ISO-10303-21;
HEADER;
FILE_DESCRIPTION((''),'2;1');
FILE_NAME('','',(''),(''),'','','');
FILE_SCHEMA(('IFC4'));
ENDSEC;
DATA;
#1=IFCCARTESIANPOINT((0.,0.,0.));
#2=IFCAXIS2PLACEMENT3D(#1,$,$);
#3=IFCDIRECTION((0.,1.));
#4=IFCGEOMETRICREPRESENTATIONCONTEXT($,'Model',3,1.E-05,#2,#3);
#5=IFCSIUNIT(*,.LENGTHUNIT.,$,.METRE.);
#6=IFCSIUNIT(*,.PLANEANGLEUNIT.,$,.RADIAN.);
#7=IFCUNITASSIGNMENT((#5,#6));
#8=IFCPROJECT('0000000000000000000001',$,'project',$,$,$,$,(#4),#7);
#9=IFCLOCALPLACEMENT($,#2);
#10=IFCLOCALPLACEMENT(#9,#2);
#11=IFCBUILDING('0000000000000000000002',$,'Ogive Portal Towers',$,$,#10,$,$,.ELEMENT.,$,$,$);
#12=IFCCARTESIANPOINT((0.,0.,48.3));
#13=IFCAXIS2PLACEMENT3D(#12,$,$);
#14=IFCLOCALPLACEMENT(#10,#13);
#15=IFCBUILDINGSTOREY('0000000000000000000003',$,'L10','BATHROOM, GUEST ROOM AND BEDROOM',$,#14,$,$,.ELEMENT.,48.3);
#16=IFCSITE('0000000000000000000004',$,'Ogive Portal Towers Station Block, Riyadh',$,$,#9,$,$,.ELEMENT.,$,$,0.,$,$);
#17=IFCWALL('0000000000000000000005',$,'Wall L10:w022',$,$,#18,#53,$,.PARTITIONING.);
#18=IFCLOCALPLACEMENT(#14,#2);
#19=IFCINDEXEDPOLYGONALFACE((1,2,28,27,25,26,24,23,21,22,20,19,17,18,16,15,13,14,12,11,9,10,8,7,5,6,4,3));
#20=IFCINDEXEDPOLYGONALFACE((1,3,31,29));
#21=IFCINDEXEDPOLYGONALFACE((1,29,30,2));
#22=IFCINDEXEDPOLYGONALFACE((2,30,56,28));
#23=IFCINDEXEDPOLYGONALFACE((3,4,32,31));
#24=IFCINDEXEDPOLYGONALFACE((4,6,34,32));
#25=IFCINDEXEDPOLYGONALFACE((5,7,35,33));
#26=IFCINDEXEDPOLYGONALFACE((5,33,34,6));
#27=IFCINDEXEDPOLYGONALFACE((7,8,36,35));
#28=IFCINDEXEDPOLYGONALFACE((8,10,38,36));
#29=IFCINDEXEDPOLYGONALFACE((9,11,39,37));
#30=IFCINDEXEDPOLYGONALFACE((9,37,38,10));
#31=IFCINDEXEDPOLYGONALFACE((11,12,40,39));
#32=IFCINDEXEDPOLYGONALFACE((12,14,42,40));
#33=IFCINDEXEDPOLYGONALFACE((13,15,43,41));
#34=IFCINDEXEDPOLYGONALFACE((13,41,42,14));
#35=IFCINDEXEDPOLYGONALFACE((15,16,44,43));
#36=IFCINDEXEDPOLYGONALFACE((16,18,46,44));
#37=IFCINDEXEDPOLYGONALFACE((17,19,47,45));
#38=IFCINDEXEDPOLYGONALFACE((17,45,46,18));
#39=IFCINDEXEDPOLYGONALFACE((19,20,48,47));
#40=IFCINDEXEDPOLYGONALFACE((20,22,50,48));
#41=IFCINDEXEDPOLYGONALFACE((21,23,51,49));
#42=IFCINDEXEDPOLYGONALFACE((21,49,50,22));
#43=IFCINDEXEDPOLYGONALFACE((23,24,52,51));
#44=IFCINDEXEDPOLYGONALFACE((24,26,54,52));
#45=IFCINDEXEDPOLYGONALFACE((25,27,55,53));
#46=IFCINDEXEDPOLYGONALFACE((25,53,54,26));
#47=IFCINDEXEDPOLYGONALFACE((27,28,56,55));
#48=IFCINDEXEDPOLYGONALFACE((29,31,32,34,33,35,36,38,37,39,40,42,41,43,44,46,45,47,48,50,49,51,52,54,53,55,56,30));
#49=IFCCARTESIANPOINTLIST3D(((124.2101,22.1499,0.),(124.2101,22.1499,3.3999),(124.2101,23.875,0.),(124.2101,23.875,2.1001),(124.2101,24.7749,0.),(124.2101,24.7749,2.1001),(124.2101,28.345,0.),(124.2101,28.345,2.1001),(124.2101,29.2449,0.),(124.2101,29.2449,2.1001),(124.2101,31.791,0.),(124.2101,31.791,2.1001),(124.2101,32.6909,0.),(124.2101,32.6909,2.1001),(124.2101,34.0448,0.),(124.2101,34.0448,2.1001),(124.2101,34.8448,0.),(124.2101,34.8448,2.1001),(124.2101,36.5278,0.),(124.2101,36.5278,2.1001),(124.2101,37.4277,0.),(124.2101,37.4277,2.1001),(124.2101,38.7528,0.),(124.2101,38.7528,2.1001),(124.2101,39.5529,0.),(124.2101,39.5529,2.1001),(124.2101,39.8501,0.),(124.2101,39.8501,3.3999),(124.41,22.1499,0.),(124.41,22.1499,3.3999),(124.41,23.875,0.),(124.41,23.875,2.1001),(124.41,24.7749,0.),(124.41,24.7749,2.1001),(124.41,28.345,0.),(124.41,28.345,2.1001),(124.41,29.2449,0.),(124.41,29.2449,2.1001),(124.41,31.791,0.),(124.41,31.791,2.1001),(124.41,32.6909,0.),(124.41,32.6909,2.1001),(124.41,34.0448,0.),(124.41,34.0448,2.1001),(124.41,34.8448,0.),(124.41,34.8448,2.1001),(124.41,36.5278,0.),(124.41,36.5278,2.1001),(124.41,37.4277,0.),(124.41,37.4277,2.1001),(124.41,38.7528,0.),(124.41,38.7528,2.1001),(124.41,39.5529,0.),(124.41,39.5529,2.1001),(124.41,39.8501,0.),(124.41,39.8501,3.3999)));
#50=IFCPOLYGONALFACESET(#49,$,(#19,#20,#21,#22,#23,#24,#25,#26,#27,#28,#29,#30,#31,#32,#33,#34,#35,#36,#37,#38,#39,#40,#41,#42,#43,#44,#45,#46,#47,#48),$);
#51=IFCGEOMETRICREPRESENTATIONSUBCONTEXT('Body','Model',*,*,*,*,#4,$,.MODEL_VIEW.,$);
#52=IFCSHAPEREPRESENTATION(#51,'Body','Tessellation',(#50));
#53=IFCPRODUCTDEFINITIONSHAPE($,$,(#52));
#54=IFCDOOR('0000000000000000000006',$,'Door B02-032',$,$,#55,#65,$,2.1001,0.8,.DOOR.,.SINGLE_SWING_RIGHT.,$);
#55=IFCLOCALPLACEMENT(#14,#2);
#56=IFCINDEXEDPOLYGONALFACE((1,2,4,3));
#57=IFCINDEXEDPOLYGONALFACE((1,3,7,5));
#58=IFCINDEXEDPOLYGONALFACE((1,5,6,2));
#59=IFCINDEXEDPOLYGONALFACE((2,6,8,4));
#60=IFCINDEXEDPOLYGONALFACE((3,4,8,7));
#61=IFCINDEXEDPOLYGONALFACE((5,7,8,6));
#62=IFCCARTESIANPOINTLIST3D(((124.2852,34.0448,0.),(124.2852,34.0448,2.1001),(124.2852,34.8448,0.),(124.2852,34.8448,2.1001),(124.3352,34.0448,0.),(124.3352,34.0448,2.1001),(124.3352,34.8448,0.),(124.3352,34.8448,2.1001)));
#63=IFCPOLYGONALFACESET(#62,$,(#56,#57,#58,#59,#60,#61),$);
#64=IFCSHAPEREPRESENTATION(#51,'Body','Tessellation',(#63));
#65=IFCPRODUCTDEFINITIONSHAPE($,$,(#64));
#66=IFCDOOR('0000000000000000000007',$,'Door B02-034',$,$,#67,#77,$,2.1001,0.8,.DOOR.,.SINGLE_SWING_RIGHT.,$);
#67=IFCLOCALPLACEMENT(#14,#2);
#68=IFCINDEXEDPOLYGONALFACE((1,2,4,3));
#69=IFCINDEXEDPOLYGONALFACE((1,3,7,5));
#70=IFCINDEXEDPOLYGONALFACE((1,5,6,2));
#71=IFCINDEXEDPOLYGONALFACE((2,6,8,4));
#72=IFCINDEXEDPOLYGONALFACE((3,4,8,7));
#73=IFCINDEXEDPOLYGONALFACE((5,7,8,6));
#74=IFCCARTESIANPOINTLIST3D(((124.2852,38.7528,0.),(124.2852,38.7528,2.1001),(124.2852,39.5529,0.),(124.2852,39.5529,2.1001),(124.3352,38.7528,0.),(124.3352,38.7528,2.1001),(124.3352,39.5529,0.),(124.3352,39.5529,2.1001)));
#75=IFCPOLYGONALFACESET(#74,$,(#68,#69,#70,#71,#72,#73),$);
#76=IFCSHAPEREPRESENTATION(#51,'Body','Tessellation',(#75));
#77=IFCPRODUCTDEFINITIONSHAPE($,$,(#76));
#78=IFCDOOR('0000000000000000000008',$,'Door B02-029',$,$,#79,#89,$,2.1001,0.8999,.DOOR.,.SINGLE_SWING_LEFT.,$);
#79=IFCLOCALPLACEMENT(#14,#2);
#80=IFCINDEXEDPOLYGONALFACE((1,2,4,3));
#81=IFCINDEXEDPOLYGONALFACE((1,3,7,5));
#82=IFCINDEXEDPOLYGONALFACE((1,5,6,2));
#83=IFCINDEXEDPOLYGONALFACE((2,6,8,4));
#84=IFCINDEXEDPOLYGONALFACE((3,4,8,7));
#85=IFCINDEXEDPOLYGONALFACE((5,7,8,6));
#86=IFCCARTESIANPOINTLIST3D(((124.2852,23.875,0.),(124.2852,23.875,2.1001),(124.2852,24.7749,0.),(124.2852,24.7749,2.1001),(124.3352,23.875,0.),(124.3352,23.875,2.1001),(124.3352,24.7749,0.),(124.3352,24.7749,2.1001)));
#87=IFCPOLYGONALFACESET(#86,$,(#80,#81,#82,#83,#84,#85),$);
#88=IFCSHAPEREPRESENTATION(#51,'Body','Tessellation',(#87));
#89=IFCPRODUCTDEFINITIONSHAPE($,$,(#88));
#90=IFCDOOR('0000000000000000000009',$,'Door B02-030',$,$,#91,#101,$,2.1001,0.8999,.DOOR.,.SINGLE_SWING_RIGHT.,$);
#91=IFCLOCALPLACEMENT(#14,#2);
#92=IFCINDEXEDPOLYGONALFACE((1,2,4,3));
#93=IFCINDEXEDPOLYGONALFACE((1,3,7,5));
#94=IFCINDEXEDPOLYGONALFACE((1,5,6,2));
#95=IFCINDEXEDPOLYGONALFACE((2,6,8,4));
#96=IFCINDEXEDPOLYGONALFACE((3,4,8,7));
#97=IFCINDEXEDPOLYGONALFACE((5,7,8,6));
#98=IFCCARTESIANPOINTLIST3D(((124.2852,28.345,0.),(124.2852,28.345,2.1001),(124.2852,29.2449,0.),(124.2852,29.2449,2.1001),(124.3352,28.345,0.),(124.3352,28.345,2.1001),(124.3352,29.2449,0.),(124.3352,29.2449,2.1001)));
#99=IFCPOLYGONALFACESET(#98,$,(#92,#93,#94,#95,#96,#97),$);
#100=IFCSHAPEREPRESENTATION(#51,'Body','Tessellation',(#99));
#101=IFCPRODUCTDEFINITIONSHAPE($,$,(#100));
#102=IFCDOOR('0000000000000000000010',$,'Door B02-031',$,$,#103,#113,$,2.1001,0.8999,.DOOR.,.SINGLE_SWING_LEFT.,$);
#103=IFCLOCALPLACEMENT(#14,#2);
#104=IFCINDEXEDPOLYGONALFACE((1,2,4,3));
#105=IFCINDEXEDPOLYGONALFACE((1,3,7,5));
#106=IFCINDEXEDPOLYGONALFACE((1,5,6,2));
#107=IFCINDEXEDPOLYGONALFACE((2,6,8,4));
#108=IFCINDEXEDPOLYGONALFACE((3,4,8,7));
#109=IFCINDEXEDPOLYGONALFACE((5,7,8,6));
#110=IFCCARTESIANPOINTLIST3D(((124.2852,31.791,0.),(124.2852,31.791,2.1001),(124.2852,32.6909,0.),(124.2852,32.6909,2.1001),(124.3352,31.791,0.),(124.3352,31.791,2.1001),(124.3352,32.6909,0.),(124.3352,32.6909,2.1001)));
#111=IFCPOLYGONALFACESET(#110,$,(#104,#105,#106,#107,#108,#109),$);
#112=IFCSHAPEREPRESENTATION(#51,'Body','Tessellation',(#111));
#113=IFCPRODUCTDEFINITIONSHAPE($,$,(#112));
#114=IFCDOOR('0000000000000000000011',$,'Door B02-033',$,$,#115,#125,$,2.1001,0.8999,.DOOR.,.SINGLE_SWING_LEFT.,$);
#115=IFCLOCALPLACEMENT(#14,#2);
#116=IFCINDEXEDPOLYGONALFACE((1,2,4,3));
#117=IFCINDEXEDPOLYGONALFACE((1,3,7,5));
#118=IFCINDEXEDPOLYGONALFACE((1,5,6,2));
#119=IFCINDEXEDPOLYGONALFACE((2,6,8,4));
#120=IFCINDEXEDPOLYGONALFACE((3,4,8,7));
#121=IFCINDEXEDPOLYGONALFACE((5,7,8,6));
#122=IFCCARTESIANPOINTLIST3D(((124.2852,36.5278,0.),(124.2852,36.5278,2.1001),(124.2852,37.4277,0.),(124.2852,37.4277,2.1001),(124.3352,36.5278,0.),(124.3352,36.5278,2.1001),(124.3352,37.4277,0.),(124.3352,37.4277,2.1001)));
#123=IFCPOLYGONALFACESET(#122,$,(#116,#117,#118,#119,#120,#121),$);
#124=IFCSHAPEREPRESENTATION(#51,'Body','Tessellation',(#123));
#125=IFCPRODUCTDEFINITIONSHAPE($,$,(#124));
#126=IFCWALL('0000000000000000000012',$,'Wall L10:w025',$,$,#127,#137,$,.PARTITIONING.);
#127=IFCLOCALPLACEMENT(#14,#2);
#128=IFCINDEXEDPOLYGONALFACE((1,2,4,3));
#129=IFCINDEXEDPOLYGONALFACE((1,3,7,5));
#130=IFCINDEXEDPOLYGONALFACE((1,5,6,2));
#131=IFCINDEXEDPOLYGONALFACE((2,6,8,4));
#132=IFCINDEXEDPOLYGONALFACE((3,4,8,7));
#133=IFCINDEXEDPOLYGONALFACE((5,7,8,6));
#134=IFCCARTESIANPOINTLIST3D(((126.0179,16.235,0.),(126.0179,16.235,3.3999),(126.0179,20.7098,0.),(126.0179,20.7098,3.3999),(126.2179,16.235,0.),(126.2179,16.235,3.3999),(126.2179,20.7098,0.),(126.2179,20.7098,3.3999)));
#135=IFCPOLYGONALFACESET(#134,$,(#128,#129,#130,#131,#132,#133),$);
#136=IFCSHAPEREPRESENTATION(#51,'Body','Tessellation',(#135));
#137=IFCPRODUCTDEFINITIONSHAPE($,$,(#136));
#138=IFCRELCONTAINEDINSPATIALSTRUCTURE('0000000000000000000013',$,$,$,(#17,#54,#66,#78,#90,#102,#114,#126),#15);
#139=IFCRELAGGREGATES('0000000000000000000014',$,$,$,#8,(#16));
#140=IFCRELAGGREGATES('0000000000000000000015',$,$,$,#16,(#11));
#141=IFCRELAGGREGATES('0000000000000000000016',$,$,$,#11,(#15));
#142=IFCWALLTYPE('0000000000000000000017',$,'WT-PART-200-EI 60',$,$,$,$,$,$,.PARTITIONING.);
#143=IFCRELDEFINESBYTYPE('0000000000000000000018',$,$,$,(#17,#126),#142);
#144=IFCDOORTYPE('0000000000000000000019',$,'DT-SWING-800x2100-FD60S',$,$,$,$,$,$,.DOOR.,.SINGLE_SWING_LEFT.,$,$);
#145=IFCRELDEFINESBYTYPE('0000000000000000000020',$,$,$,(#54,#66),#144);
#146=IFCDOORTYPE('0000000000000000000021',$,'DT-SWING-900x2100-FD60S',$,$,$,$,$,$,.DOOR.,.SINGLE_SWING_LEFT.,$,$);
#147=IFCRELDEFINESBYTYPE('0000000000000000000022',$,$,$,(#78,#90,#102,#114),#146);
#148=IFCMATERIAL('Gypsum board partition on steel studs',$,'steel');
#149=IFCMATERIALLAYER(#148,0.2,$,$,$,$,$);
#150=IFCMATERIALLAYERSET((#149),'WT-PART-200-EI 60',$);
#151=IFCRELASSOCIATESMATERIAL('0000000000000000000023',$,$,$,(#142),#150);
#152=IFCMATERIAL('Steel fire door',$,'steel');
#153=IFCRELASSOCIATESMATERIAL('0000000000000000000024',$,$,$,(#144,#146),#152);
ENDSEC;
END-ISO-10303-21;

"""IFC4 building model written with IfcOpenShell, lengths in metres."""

from ifc_helpers import new_model, si_unit, direction, frame, frame_2d, origin, place, context, subcontext, project, spatial, rectangle, extrude, material, layer, layer_set, type_object, element, fill, save


model = new_model("IFC4")

# Units and contexts
model_context = context("Model", 3, precision=1e-05, world=origin(), true_north=direction((0.0, 1.0)))
body_context = subcontext(model_context, "Body", "Model", "MODEL_VIEW")
ifc_project = project(units=[si_unit("LENGTHUNIT", "METRE"), si_unit("PLANEANGLEUNIT", "RADIAN")], contexts=[model_context])

# Site, building, storey
site_placement = place(None, origin())
site = spatial("IfcSite", under=ifc_project, at=site_placement, Name="Ogive Portal Towers Station Block, Riyadh", CompositionType="ELEMENT", RefElevation=0.0)
building_placement = place(site_placement, origin())
building = spatial("IfcBuilding", under=site, at=building_placement, Name="Ogive Portal Towers", CompositionType="ELEMENT")
storey_placement = place(building_placement, frame((0.0, 0.0, 48.3)))
storey = spatial("IfcBuildingStorey", under=building, at=storey_placement, Name="L10", Description="BATHROOM, GUEST ROOM AND BEDROOM", CompositionType="ELEMENT", Elevation=48.3)

# Shared definitions
ifc_material_1 = material(Name="Steel fire door", Category="steel")

# Wall, openings, doors
ifc_material_2 = material(Name="Gypsum board partition on steel studs", Category="steel")
ifc_layer_1 = layer(ifc_material_2, 0.2)
ifc_layer_set_1 = layer_set([ifc_layer_1], Name="WT-PART-200-EI 60")
wall_type_1 = type_object("IfcWallType", Name="WT-PART-200-EI 60", PredefinedType="PARTITIONING", material=ifc_layer_set_1)
door_type_1 = type_object("IfcDoorType", Name="DT-SWING-800x2100-FD60S", OperationType="SINGLE_SWING_LEFT", PredefinedType="DOOR", material=ifc_material_1)
door_type_2 = type_object("IfcDoorType", Name="DT-SWING-900x2100-FD60S", OperationType="SINGLE_SWING_LEFT", PredefinedType="DOOR", material=ifc_material_1)
wall_1_placement = place(storey_placement, frame((124.3101, 22.1499, 0.0), z_axis=(0.0, 0.0, 1.0), x_axis=(0.0, 1.0, 0.0)))
wall_1 = element("IfcWall", 1, at=wall_1_placement, inside=storey, type_object=wall_type_1, Name="Wall L10:w022", PredefinedType="PARTITIONING", context=body_context, shape_type="SweptSolid", body=[
    extrude(rectangle(XDim=17.7002, YDim=0.2, at=frame_2d((8.8501, 0.0))), origin(), (0.0, 0.0, 1.0), 3.3999),
])
opening_1_placement = place(wall_1_placement, frame((1.7251, 0.0, 0.0)))
opening_1 = element("IfcOpeningElement", 2, at=opening_1_placement, cuts=wall_1, PredefinedType="OPENING", context=body_context, shape_type="SweptSolid", body=[
    extrude(rectangle(XDim=0.8999, YDim=2.1001, at=frame_2d((0.45, 1.05))), frame((0.0, 0.1099, 0.0), z_axis=(0.0, -1.0, 0.0), x_axis=(1.0, 0.0, 0.0)), (0.0, 0.0, 1.0), 0.22),
])
opening_2_placement = place(wall_1_placement, frame((6.1951, 0.0, 0.0)))
opening_2 = element("IfcOpeningElement", 3, at=opening_2_placement, cuts=wall_1, PredefinedType="OPENING", context=body_context, shape_type="SweptSolid", body=[
    extrude(rectangle(XDim=0.8999, YDim=2.1001, at=frame_2d((0.45, 1.05))), frame((0.0, 0.1099, 0.0), z_axis=(0.0, -1.0, 0.0), x_axis=(1.0, 0.0, 0.0)), (0.0, 0.0, 1.0), 0.22),
])
opening_3_placement = place(wall_1_placement, frame((9.6411, 0.0, 0.0)))
opening_3 = element("IfcOpeningElement", 4, at=opening_3_placement, cuts=wall_1, PredefinedType="OPENING", context=body_context, shape_type="SweptSolid", body=[
    extrude(rectangle(XDim=0.8999, YDim=2.1001, at=frame_2d((0.45, 1.05))), frame((0.0, 0.1099, 0.0), z_axis=(0.0, -1.0, 0.0), x_axis=(1.0, 0.0, 0.0)), (0.0, 0.0, 1.0), 0.22),
])
opening_4_placement = place(wall_1_placement, frame((11.895, 0.0, 0.0)))
opening_4 = element("IfcOpeningElement", 5, at=opening_4_placement, cuts=wall_1, PredefinedType="OPENING", context=body_context, shape_type="SweptSolid", body=[
    extrude(rectangle(XDim=0.8, YDim=2.1001, at=frame_2d((0.3999, 1.05))), frame((0.0, 0.1099, 0.0), z_axis=(0.0, -1.0, 0.0), x_axis=(1.0, 0.0, 0.0)), (0.0, 0.0, 1.0), 0.22),
])
opening_5_placement = place(wall_1_placement, frame((14.3779, 0.0, 0.0)))
opening_5 = element("IfcOpeningElement", 6, at=opening_5_placement, cuts=wall_1, PredefinedType="OPENING", context=body_context, shape_type="SweptSolid", body=[
    extrude(rectangle(XDim=0.8999, YDim=2.1001, at=frame_2d((0.45, 1.05))), frame((0.0, 0.1099, 0.0), z_axis=(0.0, -1.0, 0.0), x_axis=(1.0, 0.0, 0.0)), (0.0, 0.0, 1.0), 0.22),
])
opening_6_placement = place(wall_1_placement, frame((16.603, 0.0, 0.0)))
opening_6 = element("IfcOpeningElement", 7, at=opening_6_placement, cuts=wall_1, PredefinedType="OPENING", context=body_context, shape_type="SweptSolid", body=[
    extrude(rectangle(XDim=0.8, YDim=2.1001, at=frame_2d((0.3999, 1.05))), frame((0.0, 0.1099, 0.0), z_axis=(0.0, -1.0, 0.0), x_axis=(1.0, 0.0, 0.0)), (0.0, 0.0, 1.0), 0.22),
])
door_1_placement = place(opening_4_placement, origin())
door_1 = element("IfcDoor", 8, at=door_1_placement, inside=storey, type_object=door_type_1, Name="Door B02-032", OperationType="SINGLE_SWING_RIGHT", OverallHeight=2.1001, OverallWidth=0.8, PredefinedType="DOOR", context=body_context, shape_type="SweptSolid", body=[
    extrude(rectangle(XDim=0.8, YDim=2.1001, at=frame_2d((0.3999, 1.05))), frame((0.0, 0.0249, 0.0), z_axis=(0.0, -1.0, 0.0), x_axis=(1.0, 0.0, 0.0)), (0.0, 0.0, 1.0), 0.05),
])
fill(opening_4, door_1)
door_2_placement = place(opening_6_placement, origin())
door_2 = element("IfcDoor", 9, at=door_2_placement, inside=storey, type_object=door_type_1, Name="Door B02-034", OperationType="SINGLE_SWING_RIGHT", OverallHeight=2.1001, OverallWidth=0.8, PredefinedType="DOOR", context=body_context, shape_type="SweptSolid", body=[
    extrude(rectangle(XDim=0.8, YDim=2.1001, at=frame_2d((0.3999, 1.05))), frame((0.0, 0.0249, 0.0), z_axis=(0.0, -1.0, 0.0), x_axis=(1.0, 0.0, 0.0)), (0.0, 0.0, 1.0), 0.05),
])
fill(opening_6, door_2)
door_3_placement = place(opening_1_placement, origin())
door_3 = element("IfcDoor", 10, at=door_3_placement, inside=storey, type_object=door_type_2, Name="Door B02-029", OperationType="SINGLE_SWING_LEFT", OverallHeight=2.1001, OverallWidth=0.8999, PredefinedType="DOOR", context=body_context, shape_type="SweptSolid", body=[
    extrude(rectangle(XDim=0.8999, YDim=2.1001, at=frame_2d((0.45, 1.05))), frame((0.0, 0.0249, 0.0), z_axis=(0.0, -1.0, 0.0), x_axis=(1.0, 0.0, 0.0)), (0.0, 0.0, 1.0), 0.05),
])
fill(opening_1, door_3)
door_4_placement = place(opening_2_placement, origin())
door_4 = element("IfcDoor", 11, at=door_4_placement, inside=storey, type_object=door_type_2, Name="Door B02-030", OperationType="SINGLE_SWING_RIGHT", OverallHeight=2.1001, OverallWidth=0.8999, PredefinedType="DOOR", context=body_context, shape_type="SweptSolid", body=[
    extrude(rectangle(XDim=0.8999, YDim=2.1001, at=frame_2d((0.45, 1.05))), frame((0.0, 0.0249, 0.0), z_axis=(0.0, -1.0, 0.0), x_axis=(1.0, 0.0, 0.0)), (0.0, 0.0, 1.0), 0.05),
])
fill(opening_2, door_4)
door_5_placement = place(opening_3_placement, origin())
door_5 = element("IfcDoor", 12, at=door_5_placement, inside=storey, type_object=door_type_2, Name="Door B02-031", OperationType="SINGLE_SWING_LEFT", OverallHeight=2.1001, OverallWidth=0.8999, PredefinedType="DOOR", context=body_context, shape_type="SweptSolid", body=[
    extrude(rectangle(XDim=0.8999, YDim=2.1001, at=frame_2d((0.45, 1.05))), frame((0.0, 0.0249, 0.0), z_axis=(0.0, -1.0, 0.0), x_axis=(1.0, 0.0, 0.0)), (0.0, 0.0, 1.0), 0.05),
])
fill(opening_3, door_5)
door_6_placement = place(opening_5_placement, origin())
door_6 = element("IfcDoor", 13, at=door_6_placement, inside=storey, type_object=door_type_2, Name="Door B02-033", OperationType="SINGLE_SWING_LEFT", OverallHeight=2.1001, OverallWidth=0.8999, PredefinedType="DOOR", context=body_context, shape_type="SweptSolid", body=[
    extrude(rectangle(XDim=0.8999, YDim=2.1001, at=frame_2d((0.45, 1.05))), frame((0.0, 0.0249, 0.0), z_axis=(0.0, -1.0, 0.0), x_axis=(1.0, 0.0, 0.0)), (0.0, 0.0, 1.0), 0.05),
])
fill(opening_5, door_6)

# Wall
wall_2_placement = place(storey_placement, frame((126.1179, 16.2351, 0.0), z_axis=(0.0, 0.0, 1.0), x_axis=(0.0, 1.0, 0.0)))
element("IfcWall", 14, at=wall_2_placement, inside=storey, type_object=wall_type_1, Name="Wall L10:w025", PredefinedType="PARTITIONING", context=body_context, shape_type="SweptSolid", body=[
    extrude(rectangle(XDim=4.4749, YDim=0.2, at=frame_2d((2.2373, 0.0))), origin(), (0.0, 0.0, 1.0), 3.3999),
])

save(model, "model.ifc")
